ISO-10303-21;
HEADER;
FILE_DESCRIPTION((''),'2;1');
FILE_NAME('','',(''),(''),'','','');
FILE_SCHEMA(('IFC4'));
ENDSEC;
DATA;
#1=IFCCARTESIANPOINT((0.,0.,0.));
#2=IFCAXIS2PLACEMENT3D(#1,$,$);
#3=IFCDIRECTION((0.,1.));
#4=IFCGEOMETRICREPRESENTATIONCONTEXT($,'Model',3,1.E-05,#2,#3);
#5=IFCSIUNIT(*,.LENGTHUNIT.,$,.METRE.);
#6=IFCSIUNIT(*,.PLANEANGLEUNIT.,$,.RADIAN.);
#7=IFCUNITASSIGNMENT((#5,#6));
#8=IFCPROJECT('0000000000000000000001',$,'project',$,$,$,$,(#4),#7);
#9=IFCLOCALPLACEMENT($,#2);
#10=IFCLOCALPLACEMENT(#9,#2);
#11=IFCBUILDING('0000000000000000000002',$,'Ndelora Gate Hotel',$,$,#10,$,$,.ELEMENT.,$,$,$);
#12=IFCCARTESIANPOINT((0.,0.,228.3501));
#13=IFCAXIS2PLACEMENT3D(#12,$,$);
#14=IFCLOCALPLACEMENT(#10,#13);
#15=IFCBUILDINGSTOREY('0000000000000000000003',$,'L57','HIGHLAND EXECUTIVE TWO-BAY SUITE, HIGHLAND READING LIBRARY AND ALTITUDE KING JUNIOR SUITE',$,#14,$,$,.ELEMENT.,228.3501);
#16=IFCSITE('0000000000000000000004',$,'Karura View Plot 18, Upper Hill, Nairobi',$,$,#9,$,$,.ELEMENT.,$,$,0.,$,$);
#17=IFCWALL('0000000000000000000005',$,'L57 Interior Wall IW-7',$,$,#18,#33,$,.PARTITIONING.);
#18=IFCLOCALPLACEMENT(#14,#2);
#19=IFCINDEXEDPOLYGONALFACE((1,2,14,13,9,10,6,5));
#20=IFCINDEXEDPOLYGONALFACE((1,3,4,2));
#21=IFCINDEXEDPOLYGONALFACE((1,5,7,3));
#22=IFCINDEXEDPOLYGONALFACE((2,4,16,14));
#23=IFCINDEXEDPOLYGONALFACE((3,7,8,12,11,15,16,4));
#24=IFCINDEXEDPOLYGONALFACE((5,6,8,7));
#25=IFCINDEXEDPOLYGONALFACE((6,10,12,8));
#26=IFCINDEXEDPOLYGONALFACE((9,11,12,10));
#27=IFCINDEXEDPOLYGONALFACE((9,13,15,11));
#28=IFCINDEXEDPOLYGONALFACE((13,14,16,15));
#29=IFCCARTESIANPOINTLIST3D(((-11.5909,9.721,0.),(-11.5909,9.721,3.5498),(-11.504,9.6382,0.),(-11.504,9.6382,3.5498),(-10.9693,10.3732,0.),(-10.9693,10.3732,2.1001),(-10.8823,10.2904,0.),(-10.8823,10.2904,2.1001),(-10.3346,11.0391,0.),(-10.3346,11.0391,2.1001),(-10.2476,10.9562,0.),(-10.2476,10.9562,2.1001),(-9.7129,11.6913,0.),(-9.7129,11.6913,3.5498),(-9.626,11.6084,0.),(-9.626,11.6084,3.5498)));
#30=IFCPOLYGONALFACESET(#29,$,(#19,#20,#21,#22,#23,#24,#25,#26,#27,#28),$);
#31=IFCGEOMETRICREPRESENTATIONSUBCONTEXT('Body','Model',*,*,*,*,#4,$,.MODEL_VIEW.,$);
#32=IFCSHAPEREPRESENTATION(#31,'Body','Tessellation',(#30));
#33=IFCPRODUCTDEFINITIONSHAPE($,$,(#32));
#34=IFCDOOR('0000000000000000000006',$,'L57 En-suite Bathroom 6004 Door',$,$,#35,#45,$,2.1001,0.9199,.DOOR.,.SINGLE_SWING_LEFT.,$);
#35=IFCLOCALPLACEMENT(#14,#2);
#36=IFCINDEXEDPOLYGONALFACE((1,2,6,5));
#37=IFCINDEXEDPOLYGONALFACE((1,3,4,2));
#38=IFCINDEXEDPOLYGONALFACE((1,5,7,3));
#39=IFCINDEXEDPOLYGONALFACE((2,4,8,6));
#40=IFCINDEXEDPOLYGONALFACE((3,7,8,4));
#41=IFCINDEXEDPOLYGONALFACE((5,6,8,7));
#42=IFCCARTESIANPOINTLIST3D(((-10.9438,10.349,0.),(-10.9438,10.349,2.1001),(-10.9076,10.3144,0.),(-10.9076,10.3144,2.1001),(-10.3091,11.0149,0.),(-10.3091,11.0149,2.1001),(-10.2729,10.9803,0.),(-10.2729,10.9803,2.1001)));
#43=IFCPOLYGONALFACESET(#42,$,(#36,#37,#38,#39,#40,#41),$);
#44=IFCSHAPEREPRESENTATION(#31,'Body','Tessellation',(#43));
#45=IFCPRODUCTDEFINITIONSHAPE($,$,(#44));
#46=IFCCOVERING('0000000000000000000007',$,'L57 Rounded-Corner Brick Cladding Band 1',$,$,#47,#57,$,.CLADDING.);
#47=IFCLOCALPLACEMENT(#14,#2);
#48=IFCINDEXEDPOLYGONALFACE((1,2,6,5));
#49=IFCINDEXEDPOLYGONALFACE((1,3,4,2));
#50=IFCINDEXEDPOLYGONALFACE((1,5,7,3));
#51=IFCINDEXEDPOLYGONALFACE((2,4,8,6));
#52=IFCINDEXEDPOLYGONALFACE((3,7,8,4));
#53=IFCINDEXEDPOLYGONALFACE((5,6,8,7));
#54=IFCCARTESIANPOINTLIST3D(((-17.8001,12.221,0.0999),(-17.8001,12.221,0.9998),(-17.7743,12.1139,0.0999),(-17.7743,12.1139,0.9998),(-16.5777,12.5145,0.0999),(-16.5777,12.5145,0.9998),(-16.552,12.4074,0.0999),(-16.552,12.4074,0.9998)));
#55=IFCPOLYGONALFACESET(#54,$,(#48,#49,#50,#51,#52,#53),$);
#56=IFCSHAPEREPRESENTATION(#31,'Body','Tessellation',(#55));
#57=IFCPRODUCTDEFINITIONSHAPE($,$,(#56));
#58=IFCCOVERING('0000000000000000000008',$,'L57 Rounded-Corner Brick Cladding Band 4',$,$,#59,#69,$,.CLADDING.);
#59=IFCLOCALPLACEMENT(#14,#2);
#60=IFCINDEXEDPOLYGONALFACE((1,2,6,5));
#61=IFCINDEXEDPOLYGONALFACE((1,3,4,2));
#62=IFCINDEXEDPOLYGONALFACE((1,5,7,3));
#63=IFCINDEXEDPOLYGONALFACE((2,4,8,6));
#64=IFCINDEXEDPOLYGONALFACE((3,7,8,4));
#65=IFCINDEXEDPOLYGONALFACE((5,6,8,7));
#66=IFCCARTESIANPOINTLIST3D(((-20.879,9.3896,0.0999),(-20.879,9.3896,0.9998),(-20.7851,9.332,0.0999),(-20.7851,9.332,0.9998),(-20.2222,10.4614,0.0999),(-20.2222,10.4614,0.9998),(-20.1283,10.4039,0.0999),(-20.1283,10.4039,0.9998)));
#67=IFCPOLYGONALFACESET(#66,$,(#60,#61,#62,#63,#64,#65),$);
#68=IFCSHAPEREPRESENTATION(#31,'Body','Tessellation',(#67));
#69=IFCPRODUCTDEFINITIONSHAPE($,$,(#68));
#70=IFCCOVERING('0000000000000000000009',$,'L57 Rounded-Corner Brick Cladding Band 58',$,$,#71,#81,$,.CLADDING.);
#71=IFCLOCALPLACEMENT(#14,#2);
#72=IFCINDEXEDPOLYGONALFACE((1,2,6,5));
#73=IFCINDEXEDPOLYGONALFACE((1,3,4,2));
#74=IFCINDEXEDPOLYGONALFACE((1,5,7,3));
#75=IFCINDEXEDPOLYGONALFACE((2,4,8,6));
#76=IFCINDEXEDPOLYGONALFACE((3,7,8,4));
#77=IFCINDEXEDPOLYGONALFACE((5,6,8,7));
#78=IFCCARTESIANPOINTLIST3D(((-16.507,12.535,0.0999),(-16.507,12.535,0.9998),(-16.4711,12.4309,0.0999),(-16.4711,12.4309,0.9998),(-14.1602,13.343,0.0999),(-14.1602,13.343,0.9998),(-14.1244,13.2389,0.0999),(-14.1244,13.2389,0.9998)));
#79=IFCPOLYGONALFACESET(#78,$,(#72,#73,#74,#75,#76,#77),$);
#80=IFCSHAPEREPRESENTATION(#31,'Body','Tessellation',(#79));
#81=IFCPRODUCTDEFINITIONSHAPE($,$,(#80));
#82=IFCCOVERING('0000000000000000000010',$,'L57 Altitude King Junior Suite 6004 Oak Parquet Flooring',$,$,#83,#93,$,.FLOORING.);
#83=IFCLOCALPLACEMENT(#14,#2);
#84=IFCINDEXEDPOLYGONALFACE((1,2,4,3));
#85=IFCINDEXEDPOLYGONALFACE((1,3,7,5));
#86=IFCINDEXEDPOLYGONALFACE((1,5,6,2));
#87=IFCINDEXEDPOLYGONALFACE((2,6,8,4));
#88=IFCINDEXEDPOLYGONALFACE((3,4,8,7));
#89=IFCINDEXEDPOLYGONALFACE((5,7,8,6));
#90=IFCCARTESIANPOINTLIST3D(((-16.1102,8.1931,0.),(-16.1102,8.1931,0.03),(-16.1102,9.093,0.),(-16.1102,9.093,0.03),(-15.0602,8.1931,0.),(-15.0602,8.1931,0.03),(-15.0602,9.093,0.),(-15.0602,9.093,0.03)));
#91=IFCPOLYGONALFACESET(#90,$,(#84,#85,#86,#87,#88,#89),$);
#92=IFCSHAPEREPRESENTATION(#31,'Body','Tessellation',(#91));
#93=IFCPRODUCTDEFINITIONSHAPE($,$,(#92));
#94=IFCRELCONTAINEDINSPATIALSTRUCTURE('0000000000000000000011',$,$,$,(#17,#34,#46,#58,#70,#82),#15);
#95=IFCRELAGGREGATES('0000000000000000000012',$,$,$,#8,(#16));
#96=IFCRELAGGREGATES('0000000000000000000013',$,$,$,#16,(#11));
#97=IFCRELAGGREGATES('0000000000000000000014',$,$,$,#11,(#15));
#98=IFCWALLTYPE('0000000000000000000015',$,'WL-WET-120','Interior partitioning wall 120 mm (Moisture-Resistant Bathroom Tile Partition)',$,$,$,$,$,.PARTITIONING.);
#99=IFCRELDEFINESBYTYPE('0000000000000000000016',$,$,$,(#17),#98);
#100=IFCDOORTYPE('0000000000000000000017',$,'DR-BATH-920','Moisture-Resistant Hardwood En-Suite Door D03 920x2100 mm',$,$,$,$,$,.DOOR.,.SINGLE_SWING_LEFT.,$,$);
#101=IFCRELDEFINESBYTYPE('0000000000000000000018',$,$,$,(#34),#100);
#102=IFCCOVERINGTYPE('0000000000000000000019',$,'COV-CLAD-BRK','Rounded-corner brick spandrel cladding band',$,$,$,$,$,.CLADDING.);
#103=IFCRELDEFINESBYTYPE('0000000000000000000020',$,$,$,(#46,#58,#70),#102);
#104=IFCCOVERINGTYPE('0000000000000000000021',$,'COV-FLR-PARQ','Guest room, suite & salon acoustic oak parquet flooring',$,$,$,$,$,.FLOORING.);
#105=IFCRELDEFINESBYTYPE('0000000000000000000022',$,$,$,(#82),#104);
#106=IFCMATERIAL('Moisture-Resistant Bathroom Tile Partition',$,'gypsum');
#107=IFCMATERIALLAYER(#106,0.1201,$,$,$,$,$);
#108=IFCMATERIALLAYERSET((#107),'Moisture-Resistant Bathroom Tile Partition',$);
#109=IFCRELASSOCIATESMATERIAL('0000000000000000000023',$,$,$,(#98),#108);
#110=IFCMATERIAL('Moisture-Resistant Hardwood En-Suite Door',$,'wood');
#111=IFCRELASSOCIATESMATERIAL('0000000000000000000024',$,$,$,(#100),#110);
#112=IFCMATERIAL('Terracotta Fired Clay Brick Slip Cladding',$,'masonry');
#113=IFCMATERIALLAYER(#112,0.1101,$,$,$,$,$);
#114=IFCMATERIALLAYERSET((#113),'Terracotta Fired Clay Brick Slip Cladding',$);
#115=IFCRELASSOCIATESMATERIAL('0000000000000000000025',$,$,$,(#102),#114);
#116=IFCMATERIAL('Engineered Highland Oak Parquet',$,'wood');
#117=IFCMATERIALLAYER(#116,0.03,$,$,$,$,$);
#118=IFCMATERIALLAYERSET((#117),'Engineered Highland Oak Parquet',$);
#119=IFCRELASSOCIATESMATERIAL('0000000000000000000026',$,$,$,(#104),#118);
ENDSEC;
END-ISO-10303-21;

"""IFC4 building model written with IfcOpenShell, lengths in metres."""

from ifc_helpers import new_model, si_unit, direction, frame, frame_2d, origin, origin_2d, place, context, subcontext, project, spatial, rectangle, extrude, material, layer, layer_set, type_object, element, fill, save


model = new_model("IFC4")

# Units and contexts
model_context = context("Model", 3, precision=1e-05, world=origin(), true_north=direction((0.0, 1.0)))
body_context = subcontext(model_context, "Body", "Model", "MODEL_VIEW")
ifc_project = project(units=[si_unit("LENGTHUNIT", "METRE"), si_unit("PLANEANGLEUNIT", "RADIAN")], contexts=[model_context])

# Site, building, storey
site_placement = place(None, origin())
site = spatial("IfcSite", under=ifc_project, at=site_placement, Name="Karura View Plot 18, Upper Hill, Nairobi", CompositionType="ELEMENT", RefElevation=0.0)
building_placement = place(site_placement, origin())
building = spatial("IfcBuilding", under=site, at=building_placement, Name="Ndelora Gate Hotel", CompositionType="ELEMENT")
storey_placement = place(building_placement, frame((0.0, 0.0, 228.3501)))
storey = spatial("IfcBuildingStorey", under=building, at=storey_placement, Name="L57", Description="HIGHLAND EXECUTIVE TWO-BAY SUITE, HIGHLAND READING LIBRARY AND ALTITUDE KING JUNIOR SUITE", CompositionType="ELEMENT", Elevation=228.3501)

# Shared definitions
ifc_material_1 = material(Name="Moisture-Resistant Bathroom Tile Partition", Category="gypsum")
ifc_layer_1 = layer(ifc_material_1, 0.1201)
ifc_layer_set_1 = layer_set([ifc_layer_1], Name="Moisture-Resistant Bathroom Tile Partition")
wall_type_1 = type_object("IfcWallType", Name="WL-WET-120", Description="Interior partitioning wall 120 mm (Moisture-Resistant Bathroom Tile Partition)", PredefinedType="PARTITIONING", material=ifc_layer_set_1)

# Wall, opening, door
wall_1_placement = place(storey_placement, frame((-11.5474, 9.6797, 0.0), z_axis=(0.0, 0.0, 1.0), x_axis=(0.689951, 0.723856, 0.0)))
wall_1 = element("IfcWall", 1, at=wall_1_placement, inside=storey, type_object=wall_type_1, Name="L57 Interior Wall IW-7", PredefinedType="PARTITIONING", context=body_context, shape_type="SweptSolid", body=[
    extrude(rectangle(XDim=2.7219, YDim=0.1201, at=frame_2d((1.3608, 0.0))), origin(), (0.0, 0.0, 1.0), 3.5498),
])
opening_1_placement = place(wall_1_placement, frame((0.9009, 0.0, 0.0)))
opening_1 = element("IfcOpeningElement", 2, at=opening_1_placement, cuts=wall_1, PredefinedType="OPENING", context=body_context, shape_type="SweptSolid", body=[
    extrude(rectangle(XDim=0.9199, YDim=2.1001, at=frame_2d((0.46, 1.05))), frame((0.0, 0.0701, 0.0), z_axis=(0.0, -1.0, 0.0), x_axis=(1.0, 0.0, 0.0)), (0.0, 0.0, 1.0), 0.1401),
])
ifc_material_2 = material(Name="Moisture-Resistant Hardwood En-Suite Door", Category="wood")
door_type = type_object("IfcDoorType", Name="DR-BATH-920", Description="Moisture-Resistant Hardwood En-Suite Door D03 920x2100 mm", OperationType="SINGLE_SWING_LEFT", PredefinedType="DOOR", material=ifc_material_2)
door_placement = place(opening_1_placement, origin())
door = element("IfcDoor", 3, at=door_placement, inside=storey, type_object=door_type, Name="L57 En-suite Bathroom 6004 Door", OperationType="SINGLE_SWING_LEFT", OverallHeight=2.1001, OverallWidth=0.9199, PredefinedType="DOOR", context=body_context, shape_type="SweptSolid", body=[
    extrude(rectangle(XDim=0.9199, YDim=2.1001, at=frame_2d((0.46, 1.05))), frame((0.0, 0.0249, 0.0), z_axis=(0.0, -1.0, 0.0), x_axis=(1.0, 0.0, 0.0)), (0.0, 0.0, 1.0), 0.05),
])
fill(opening_1, door)

# Coverings
ifc_material_3 = material(Name="Terracotta Fired Clay Brick Slip Cladding", Category="masonry")
ifc_layer_2 = layer(ifc_material_3, 0.1101)
ifc_layer_set_2 = layer_set([ifc_layer_2], Name="Terracotta Fired Clay Brick Slip Cladding")
covering_type_1 = type_object("IfcCoveringType", Name="COV-CLAD-BRK", Description="Rounded-corner brick spandrel cladding band", PredefinedType="CLADDING", material=ifc_layer_set_2)
for number, where, z_axis, x_axis, name in (
    (4, (-17.176, 12.3142, 0.0999), (0.0, 0.0, 1.0), (0.97237, 0.233445, 0.0), "L57 Rounded-Corner Brick Cladding Band 1"),
    (5, (-20.5037, 9.8967, 0.0999), (0.0, 0.0, 1.0), (0.522499, 0.85264, 0.0), "L57 Rounded-Corner Brick Cladding Band 4"),
):
    element("IfcCovering", number, at=place(storey_placement, frame(where, z_axis=z_axis, x_axis=x_axis)), inside=storey, type_object=covering_type_1, Name=name, PredefinedType="CLADDING", context=body_context, shape_type="SweptSolid", body=[
        extrude(rectangle(XDim=1.2571, YDim=0.1101, at=origin_2d()), origin(), (0.0, 0.0, 1.0), 0.8999),
    ])
covering_1_placement = place(storey_placement, frame((-15.3157, 12.887, 0.0999), z_axis=(0.0, 0.0, 1.0), x_axis=(0.945519, 0.325568, 0.0)))
element("IfcCovering", 6, at=covering_1_placement, inside=storey, type_object=covering_type_1, Name="L57 Rounded-Corner Brick Cladding Band 58", PredefinedType="CLADDING", context=body_context, shape_type="SweptSolid", body=[
    extrude(rectangle(XDim=2.4819, YDim=0.1101, at=origin_2d()), origin(), (0.0, 0.0, 1.0), 0.8999),
])
ifc_material_4 = material(Name="Engineered Highland Oak Parquet", Category="wood")
ifc_layer_3 = layer(ifc_material_4, 0.03)
ifc_layer_set_3 = layer_set([ifc_layer_3], Name="Engineered Highland Oak Parquet")
covering_type_2 = type_object("IfcCoveringType", Name="COV-FLR-PARQ", Description="Guest room, suite & salon acoustic oak parquet flooring", PredefinedType="FLOORING", material=ifc_layer_set_3)
covering_2_placement = place(storey_placement, frame((-15.5852, 8.6431, 0.0), z_axis=(0.0, 0.0, 1.0), x_axis=(1.0, 0.0, 0.0)))
element("IfcCovering", 7, at=covering_2_placement, inside=storey, type_object=covering_type_2, Name="L57 Altitude King Junior Suite 6004 Oak Parquet Flooring", PredefinedType="FLOORING", context=body_context, shape_type="SweptSolid", body=[
    extrude(rectangle(XDim=1.05, YDim=0.8999, at=origin_2d()), origin(), (0.0, 0.0, 1.0), 0.03),
])

save(model, "model.ifc")
